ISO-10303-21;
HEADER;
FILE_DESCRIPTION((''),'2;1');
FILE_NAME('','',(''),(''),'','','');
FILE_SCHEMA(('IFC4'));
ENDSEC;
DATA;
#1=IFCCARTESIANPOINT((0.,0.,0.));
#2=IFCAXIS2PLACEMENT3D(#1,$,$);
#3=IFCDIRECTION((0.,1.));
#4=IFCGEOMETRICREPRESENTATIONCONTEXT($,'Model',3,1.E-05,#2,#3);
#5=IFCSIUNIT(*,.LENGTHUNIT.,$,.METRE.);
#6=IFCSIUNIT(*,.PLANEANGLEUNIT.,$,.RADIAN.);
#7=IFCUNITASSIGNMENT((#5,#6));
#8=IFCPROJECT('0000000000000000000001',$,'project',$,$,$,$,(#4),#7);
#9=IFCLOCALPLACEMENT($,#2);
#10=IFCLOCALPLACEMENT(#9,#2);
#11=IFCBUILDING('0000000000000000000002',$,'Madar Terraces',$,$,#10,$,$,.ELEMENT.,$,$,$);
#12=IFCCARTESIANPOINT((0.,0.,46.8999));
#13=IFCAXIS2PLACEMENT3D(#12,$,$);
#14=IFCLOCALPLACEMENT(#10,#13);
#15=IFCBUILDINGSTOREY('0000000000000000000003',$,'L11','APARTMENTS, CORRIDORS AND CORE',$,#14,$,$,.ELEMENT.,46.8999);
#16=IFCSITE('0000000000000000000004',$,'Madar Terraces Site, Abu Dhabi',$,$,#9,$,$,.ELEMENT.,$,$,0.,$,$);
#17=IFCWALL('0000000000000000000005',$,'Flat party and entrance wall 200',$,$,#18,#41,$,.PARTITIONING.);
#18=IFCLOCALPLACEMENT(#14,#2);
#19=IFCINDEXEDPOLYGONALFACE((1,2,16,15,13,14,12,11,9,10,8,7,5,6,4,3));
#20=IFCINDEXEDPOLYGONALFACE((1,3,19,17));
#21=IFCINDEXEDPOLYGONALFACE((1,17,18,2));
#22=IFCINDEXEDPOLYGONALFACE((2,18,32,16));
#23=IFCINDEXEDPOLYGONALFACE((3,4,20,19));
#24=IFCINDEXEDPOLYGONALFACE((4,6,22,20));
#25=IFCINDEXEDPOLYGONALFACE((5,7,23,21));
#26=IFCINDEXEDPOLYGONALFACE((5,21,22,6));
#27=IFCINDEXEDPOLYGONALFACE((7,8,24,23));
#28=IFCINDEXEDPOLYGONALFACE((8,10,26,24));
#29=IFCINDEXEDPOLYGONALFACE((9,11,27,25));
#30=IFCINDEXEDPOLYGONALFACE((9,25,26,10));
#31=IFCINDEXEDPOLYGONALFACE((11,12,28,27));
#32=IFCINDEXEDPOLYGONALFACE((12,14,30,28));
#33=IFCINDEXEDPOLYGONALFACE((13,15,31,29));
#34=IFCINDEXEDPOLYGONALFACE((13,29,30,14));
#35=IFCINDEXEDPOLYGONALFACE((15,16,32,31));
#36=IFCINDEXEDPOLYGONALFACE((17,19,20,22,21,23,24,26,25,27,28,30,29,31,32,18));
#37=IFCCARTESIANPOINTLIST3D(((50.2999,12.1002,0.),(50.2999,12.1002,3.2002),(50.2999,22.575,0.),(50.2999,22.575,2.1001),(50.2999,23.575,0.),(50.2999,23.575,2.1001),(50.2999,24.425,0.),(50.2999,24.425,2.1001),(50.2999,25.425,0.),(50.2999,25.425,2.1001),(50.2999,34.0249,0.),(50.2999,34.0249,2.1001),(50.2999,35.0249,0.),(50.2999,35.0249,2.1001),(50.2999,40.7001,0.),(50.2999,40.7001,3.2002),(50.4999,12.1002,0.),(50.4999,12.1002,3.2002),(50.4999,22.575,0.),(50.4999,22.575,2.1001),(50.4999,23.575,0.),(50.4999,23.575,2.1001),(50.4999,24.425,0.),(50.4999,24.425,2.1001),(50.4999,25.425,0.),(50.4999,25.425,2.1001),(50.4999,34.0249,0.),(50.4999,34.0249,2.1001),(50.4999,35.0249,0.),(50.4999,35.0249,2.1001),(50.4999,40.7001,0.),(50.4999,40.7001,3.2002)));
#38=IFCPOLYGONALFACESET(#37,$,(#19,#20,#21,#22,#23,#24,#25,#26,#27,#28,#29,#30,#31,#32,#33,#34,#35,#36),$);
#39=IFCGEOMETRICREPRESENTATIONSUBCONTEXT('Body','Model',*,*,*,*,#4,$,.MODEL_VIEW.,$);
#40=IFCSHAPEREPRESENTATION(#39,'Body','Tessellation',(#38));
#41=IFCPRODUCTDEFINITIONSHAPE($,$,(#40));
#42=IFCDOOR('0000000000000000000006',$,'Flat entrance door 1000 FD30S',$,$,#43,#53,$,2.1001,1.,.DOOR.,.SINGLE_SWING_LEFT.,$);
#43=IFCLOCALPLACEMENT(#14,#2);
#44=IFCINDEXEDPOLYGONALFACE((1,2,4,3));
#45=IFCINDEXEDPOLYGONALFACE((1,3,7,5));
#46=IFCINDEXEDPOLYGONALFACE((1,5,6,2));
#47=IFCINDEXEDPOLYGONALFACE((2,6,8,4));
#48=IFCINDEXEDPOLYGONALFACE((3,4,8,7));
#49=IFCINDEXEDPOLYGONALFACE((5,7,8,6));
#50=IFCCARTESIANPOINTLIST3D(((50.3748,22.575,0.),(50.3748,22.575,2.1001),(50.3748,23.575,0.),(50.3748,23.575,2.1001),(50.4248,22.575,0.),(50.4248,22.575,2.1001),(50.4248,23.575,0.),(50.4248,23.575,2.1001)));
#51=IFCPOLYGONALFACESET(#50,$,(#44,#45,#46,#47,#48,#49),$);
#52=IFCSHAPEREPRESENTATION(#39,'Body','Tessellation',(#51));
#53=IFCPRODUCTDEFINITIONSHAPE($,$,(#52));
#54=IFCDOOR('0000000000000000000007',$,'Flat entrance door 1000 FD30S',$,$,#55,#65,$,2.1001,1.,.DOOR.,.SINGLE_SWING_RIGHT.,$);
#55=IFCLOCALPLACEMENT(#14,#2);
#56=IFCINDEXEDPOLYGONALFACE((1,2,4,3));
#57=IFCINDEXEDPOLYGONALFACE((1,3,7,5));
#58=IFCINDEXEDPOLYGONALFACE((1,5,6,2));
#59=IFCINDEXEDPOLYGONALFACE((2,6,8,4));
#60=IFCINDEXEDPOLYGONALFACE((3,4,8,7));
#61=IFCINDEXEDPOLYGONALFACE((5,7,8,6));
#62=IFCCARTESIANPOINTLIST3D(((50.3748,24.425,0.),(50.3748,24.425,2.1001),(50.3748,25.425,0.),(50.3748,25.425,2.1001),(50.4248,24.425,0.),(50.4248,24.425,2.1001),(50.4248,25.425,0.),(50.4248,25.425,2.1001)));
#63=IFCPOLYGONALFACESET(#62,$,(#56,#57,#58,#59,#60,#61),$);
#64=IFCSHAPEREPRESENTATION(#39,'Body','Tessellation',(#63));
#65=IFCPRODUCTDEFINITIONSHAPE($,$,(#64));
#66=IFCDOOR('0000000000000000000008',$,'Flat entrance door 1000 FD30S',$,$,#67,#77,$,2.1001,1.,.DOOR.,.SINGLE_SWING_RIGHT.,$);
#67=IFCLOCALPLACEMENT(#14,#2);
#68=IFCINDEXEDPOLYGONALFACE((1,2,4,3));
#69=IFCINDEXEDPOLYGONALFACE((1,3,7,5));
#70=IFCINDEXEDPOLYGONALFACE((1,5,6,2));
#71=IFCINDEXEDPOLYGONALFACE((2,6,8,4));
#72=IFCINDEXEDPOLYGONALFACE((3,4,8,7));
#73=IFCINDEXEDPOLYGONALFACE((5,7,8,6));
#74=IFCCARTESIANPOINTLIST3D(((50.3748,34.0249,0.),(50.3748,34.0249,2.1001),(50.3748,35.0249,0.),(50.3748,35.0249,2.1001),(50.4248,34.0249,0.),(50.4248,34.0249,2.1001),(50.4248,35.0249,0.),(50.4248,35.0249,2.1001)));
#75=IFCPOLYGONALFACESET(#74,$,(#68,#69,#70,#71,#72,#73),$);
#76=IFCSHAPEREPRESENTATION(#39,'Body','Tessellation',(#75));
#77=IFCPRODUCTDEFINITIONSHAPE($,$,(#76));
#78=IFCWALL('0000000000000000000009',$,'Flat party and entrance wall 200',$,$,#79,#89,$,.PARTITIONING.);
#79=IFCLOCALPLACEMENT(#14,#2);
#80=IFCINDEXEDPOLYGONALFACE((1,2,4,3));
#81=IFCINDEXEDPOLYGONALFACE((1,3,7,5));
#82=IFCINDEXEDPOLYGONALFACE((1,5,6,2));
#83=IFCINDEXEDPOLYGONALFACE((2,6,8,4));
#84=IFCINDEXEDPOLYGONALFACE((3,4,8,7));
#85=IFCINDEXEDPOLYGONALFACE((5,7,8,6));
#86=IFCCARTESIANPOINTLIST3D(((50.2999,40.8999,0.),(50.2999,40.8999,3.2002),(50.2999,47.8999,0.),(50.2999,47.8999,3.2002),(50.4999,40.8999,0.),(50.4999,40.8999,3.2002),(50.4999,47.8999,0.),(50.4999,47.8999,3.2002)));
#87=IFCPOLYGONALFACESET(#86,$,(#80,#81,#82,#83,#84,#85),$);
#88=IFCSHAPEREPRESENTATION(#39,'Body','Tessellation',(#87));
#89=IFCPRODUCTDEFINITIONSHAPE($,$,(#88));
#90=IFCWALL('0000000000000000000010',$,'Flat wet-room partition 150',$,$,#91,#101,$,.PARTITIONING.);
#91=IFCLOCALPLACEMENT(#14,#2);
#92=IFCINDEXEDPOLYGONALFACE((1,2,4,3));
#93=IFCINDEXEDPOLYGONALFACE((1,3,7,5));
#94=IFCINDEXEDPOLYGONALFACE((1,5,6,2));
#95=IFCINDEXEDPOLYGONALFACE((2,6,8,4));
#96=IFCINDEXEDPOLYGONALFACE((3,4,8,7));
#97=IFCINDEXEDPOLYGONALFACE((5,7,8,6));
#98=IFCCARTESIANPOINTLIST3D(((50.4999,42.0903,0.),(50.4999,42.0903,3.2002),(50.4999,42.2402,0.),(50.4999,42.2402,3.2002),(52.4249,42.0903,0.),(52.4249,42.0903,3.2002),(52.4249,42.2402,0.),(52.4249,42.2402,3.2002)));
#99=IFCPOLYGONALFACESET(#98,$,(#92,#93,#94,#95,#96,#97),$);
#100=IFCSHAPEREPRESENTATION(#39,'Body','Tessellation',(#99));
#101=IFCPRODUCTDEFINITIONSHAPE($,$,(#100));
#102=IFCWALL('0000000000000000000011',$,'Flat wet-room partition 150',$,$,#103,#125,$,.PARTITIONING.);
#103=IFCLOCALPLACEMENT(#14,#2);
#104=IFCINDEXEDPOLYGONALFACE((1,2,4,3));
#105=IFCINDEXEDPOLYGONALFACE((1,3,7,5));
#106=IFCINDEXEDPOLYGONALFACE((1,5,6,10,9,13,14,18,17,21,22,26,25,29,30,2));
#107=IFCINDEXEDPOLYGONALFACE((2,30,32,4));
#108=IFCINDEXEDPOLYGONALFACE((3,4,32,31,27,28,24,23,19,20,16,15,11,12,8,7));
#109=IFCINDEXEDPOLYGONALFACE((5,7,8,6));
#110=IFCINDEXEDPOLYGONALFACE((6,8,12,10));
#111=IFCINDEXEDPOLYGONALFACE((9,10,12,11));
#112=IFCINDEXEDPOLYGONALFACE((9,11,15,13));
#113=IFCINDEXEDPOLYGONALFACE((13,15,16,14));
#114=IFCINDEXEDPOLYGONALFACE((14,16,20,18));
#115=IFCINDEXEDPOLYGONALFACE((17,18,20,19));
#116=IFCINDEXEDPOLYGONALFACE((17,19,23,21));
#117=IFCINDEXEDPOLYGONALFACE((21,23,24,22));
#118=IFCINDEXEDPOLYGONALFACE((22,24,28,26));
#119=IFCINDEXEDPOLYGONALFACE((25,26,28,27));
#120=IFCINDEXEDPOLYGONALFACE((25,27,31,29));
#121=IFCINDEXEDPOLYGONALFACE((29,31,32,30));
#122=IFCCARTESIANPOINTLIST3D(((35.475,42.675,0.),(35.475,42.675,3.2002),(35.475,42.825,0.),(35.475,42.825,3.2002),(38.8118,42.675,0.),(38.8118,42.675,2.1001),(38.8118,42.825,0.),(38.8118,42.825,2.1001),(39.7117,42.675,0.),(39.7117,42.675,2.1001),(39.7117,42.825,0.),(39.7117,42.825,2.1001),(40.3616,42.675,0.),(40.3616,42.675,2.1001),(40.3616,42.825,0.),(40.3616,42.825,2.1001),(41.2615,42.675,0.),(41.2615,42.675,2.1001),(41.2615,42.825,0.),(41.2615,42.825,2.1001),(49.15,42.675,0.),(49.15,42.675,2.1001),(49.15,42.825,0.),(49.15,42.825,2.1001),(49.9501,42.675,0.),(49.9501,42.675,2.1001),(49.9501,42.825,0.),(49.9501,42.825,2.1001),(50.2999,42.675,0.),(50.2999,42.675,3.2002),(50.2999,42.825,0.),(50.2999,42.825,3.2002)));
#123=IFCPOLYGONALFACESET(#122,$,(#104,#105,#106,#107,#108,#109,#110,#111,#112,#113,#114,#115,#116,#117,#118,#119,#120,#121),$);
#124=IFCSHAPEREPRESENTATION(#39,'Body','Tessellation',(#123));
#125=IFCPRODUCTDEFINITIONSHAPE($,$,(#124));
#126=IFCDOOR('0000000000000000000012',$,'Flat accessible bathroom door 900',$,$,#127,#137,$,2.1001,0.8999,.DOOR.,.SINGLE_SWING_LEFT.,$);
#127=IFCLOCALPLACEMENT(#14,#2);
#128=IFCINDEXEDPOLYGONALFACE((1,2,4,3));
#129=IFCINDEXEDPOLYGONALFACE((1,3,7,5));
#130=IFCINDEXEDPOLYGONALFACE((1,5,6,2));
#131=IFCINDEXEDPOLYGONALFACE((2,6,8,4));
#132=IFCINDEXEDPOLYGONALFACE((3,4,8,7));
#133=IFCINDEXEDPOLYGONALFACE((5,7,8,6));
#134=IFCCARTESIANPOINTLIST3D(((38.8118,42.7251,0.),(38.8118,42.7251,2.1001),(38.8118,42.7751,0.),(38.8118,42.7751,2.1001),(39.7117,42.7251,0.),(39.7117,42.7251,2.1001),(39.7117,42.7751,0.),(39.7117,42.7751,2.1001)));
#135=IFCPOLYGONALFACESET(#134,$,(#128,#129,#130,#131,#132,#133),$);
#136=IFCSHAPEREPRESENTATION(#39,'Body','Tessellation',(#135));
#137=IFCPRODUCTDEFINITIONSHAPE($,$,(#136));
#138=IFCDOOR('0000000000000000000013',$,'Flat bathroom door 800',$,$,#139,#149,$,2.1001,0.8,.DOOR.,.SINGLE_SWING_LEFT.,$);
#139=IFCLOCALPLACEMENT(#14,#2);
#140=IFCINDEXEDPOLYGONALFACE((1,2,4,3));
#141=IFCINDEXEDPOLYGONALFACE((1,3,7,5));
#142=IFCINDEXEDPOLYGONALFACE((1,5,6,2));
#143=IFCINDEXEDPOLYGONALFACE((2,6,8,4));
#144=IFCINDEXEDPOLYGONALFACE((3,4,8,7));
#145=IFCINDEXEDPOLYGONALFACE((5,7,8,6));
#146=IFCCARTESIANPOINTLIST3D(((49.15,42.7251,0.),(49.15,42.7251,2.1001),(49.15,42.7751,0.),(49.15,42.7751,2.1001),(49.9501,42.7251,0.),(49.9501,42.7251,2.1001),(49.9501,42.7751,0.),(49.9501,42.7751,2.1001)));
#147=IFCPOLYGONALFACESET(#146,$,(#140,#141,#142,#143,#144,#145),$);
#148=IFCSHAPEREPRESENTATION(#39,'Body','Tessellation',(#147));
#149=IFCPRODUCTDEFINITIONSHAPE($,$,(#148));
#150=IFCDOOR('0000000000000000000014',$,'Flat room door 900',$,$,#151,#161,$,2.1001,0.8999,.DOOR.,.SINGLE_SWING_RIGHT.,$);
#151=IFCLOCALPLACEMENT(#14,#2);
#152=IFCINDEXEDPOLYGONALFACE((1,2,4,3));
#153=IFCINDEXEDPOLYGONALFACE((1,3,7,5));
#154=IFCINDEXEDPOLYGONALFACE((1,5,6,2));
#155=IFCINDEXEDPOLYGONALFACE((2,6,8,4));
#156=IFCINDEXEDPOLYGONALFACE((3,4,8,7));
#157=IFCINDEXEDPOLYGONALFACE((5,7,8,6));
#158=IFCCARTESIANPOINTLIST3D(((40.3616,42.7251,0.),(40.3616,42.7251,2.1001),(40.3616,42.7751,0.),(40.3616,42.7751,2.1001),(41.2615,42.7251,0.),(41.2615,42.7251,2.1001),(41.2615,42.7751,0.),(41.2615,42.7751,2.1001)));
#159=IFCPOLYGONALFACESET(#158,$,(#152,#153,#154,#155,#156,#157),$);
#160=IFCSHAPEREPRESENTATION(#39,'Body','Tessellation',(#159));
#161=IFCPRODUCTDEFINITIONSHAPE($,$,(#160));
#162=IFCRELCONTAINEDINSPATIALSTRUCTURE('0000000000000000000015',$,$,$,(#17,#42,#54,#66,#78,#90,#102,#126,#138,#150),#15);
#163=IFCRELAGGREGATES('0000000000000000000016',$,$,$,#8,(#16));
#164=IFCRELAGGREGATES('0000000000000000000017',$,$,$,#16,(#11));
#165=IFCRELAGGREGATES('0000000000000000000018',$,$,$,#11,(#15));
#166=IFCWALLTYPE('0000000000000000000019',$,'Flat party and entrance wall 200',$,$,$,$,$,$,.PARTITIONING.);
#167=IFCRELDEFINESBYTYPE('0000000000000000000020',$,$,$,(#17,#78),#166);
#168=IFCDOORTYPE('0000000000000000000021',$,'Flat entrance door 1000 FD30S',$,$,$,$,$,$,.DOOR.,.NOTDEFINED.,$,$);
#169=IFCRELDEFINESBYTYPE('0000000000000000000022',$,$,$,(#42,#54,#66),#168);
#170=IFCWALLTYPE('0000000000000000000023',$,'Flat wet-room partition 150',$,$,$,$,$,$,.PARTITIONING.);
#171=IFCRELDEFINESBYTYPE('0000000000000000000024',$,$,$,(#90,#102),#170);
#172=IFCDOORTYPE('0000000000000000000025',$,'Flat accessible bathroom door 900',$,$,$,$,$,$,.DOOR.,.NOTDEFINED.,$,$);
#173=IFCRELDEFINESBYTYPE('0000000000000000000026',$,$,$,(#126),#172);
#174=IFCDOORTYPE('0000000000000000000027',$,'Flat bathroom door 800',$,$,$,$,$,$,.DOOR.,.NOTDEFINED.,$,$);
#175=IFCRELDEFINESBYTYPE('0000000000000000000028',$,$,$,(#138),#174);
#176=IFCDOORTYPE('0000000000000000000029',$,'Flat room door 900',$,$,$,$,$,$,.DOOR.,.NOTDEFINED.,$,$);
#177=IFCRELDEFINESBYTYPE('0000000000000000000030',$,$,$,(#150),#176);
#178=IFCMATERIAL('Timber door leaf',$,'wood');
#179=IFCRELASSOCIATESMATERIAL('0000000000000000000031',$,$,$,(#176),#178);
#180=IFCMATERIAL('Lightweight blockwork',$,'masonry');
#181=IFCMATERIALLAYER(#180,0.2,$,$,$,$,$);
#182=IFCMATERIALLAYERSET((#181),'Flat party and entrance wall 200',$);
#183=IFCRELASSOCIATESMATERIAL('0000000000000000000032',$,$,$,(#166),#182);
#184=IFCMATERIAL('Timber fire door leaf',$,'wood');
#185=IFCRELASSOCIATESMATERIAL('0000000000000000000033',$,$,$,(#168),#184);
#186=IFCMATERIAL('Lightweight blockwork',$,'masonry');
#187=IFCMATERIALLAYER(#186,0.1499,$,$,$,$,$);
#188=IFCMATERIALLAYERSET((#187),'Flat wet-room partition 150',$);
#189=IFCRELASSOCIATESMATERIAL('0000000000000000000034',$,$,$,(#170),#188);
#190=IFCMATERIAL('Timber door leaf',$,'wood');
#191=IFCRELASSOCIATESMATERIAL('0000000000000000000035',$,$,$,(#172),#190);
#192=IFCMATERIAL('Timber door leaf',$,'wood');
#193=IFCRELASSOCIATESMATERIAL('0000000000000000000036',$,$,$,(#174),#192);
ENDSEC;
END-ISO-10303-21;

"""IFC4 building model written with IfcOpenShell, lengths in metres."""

from ifc_helpers import new_model, si_unit, direction, frame, frame_2d, origin, place, context, subcontext, project, spatial, rectangle, extrude, material, layer, layer_set, type_object, element, fill, save


model = new_model("IFC4")

# Units and contexts
model_context = context("Model", 3, precision=1e-05, world=origin(), true_north=direction((0.0, 1.0)))
body_context = subcontext(model_context, "Body", "Model", "MODEL_VIEW")
ifc_project = project(units=[si_unit("LENGTHUNIT", "METRE"), si_unit("PLANEANGLEUNIT", "RADIAN")], contexts=[model_context])

# Site, building, storey
site_placement = place(None, origin())
site = spatial("IfcSite", under=ifc_project, at=site_placement, Name="Madar Terraces Site, Abu Dhabi", CompositionType="ELEMENT", RefElevation=0.0)
building_placement = place(site_placement, origin())
building = spatial("IfcBuilding", under=site, at=building_placement, Name="Madar Terraces", CompositionType="ELEMENT")
storey_placement = place(building_placement, frame((0.0, 0.0, 46.8999)))
storey = spatial("IfcBuildingStorey", under=building, at=storey_placement, Name="L11", Description="APARTMENTS, CORRIDORS AND CORE", CompositionType="ELEMENT", Elevation=46.8999)

# Wall, openings, doors
ifc_material_1 = material(Name="Timber door leaf", Category="wood")
door_type_1 = type_object("IfcDoorType", Name="Flat room door 900", OperationType="NOTDEFINED", PredefinedType="DOOR", material=ifc_material_1)
ifc_material_2 = material(Name="Lightweight blockwork", Category="masonry")
ifc_layer_1 = layer(ifc_material_2, 0.2)
ifc_layer_set_1 = layer_set([ifc_layer_1], Name="Flat party and entrance wall 200")
wall_type_1 = type_object("IfcWallType", Name="Flat party and entrance wall 200", PredefinedType="PARTITIONING", material=ifc_layer_set_1)
wall_1_placement = place(storey_placement, frame((50.3999, 40.7, 0.0), z_axis=(0.0, 0.0, 1.0), x_axis=(0.0, -1.0, 0.0)))
wall_1 = element("IfcWall", 1, at=wall_1_placement, inside=storey, type_object=wall_type_1, Name="Flat party and entrance wall 200", PredefinedType="PARTITIONING", context=body_context, shape_type="SweptSolid", body=[
    extrude(rectangle(XDim=28.5999, YDim=0.2, at=frame_2d((14.2998, 0.0))), origin(), (0.0, 0.0, 1.0), 3.2002),
])
opening_1_placement = place(wall_1_placement, frame((17.125, 0.0, 0.0)))
opening_1 = element("IfcOpeningElement", 2, at=opening_1_placement, cuts=wall_1, PredefinedType="OPENING", context=body_context, shape_type="SweptSolid", body=[
    extrude(rectangle(XDim=1.0, YDim=2.1001, at=frame_2d((0.5, 1.05))), frame((0.0, 0.1099, 0.0), z_axis=(0.0, -1.0, 0.0), x_axis=(1.0, 0.0, 0.0)), (0.0, 0.0, 1.0), 0.22),
])
opening_2_placement = place(wall_1_placement, frame((15.2749, 0.0, 0.0)))
opening_2 = element("IfcOpeningElement", 3, at=opening_2_placement, cuts=wall_1, PredefinedType="OPENING", context=body_context, shape_type="SweptSolid", body=[
    extrude(rectangle(XDim=1.0, YDim=2.1001, at=frame_2d((0.5, 1.05))), frame((0.0, 0.1099, 0.0), z_axis=(0.0, -1.0, 0.0), x_axis=(1.0, 0.0, 0.0)), (0.0, 0.0, 1.0), 0.22),
])
opening_3_placement = place(wall_1_placement, frame((5.675, 0.0, 0.0)))
opening_3 = element("IfcOpeningElement", 4, at=opening_3_placement, cuts=wall_1, PredefinedType="OPENING", context=body_context, shape_type="SweptSolid", body=[
    extrude(rectangle(XDim=1.0, YDim=2.1001, at=frame_2d((0.5, 1.05))), frame((0.0, 0.1099, 0.0), z_axis=(0.0, -1.0, 0.0), x_axis=(1.0, 0.0, 0.0)), (0.0, 0.0, 1.0), 0.22),
])
ifc_material_3 = material(Name="Timber fire door leaf", Category="wood")
door_type_2 = type_object("IfcDoorType", Name="Flat entrance door 1000 FD30S", OperationType="NOTDEFINED", PredefinedType="DOOR", material=ifc_material_3)
door_1_placement = place(opening_1_placement, origin())
door_1 = element("IfcDoor", 5, at=door_1_placement, inside=storey, type_object=door_type_2, Name="Flat entrance door 1000 FD30S", OperationType="SINGLE_SWING_LEFT", OverallHeight=2.1001, OverallWidth=1.0, PredefinedType="DOOR", context=body_context, shape_type="SweptSolid", body=[
    extrude(rectangle(XDim=1.0, YDim=2.1001, at=frame_2d((0.5, 1.05))), frame((0.0, 0.0249, 0.0), z_axis=(0.0, -1.0, 0.0), x_axis=(1.0, 0.0, 0.0)), (0.0, 0.0, 1.0), 0.05),
])
fill(opening_1, door_1)
door_2_placement = place(opening_2_placement, origin())
door_2 = element("IfcDoor", 6, at=door_2_placement, inside=storey, type_object=door_type_2, Name="Flat entrance door 1000 FD30S", OperationType="SINGLE_SWING_RIGHT", OverallHeight=2.1001, OverallWidth=1.0, PredefinedType="DOOR", context=body_context, shape_type="SweptSolid", body=[
    extrude(rectangle(XDim=1.0, YDim=2.1001, at=frame_2d((0.5, 1.05))), frame((0.0, 0.0249, 0.0), z_axis=(0.0, -1.0, 0.0), x_axis=(1.0, 0.0, 0.0)), (0.0, 0.0, 1.0), 0.05),
])
fill(opening_2, door_2)
door_3_placement = place(opening_3_placement, origin())
door_3 = element("IfcDoor", 7, at=door_3_placement, inside=storey, type_object=door_type_2, Name="Flat entrance door 1000 FD30S", OperationType="SINGLE_SWING_RIGHT", OverallHeight=2.1001, OverallWidth=1.0, PredefinedType="DOOR", context=body_context, shape_type="SweptSolid", body=[
    extrude(rectangle(XDim=1.0, YDim=2.1001, at=frame_2d((0.5, 1.05))), frame((0.0, 0.0249, 0.0), z_axis=(0.0, -1.0, 0.0), x_axis=(1.0, 0.0, 0.0)), (0.0, 0.0, 1.0), 0.05),
])
fill(opening_3, door_3)

# Walls
wall_2_placement = place(storey_placement, frame((50.3999, 40.8999, 0.0), z_axis=(0.0, 0.0, 1.0), x_axis=(0.0, 1.0, 0.0)))
element("IfcWall", 8, at=wall_2_placement, inside=storey, type_object=wall_type_1, Name="Flat party and entrance wall 200", PredefinedType="PARTITIONING", context=body_context, shape_type="SweptSolid", body=[
    extrude(rectangle(XDim=7.0, YDim=0.2, at=frame_2d((3.5, 0.0))), origin(), (0.0, 0.0, 1.0), 3.2002),
])
ifc_material_4 = material(Name="Lightweight blockwork", Category="masonry")
ifc_layer_2 = layer(ifc_material_4, 0.1499)
ifc_layer_set_2 = layer_set([ifc_layer_2], Name="Flat wet-room partition 150")
wall_type_2 = type_object("IfcWallType", Name="Flat wet-room partition 150", PredefinedType="PARTITIONING", material=ifc_layer_set_2)
wall_3_placement = place(storey_placement, frame((50.5, 42.1653, 0.0), z_axis=(0.0, 0.0, 1.0), x_axis=(1.0, 0.0, 0.0)))
element("IfcWall", 9, at=wall_3_placement, inside=storey, type_object=wall_type_2, Name="Flat wet-room partition 150", PredefinedType="PARTITIONING", context=body_context, shape_type="SweptSolid", body=[
    extrude(rectangle(XDim=1.925, YDim=0.1499, at=frame_2d((0.9624, 0.0))), origin(), (0.0, 0.0, 1.0), 3.2002),
])

# Wall, openings, doors
wall_4_placement = place(storey_placement, frame((50.3, 42.75, 0.0), z_axis=(0.0, 0.0, 1.0), x_axis=(-1.0, 0.0, 0.0)))
wall_4 = element("IfcWall", 10, at=wall_4_placement, inside=storey, type_object=wall_type_2, Name="Flat wet-room partition 150", PredefinedType="PARTITIONING", context=body_context, shape_type="SweptSolid", body=[
    extrude(rectangle(XDim=14.825, YDim=0.1499, at=frame_2d((7.4126, 0.0))), origin(), (0.0, 0.0, 1.0), 3.2002),
])
opening_4_placement = place(wall_4_placement, frame((10.5884, 0.0, 0.0)))
opening_4 = element("IfcOpeningElement", 11, at=opening_4_placement, cuts=wall_4, PredefinedType="OPENING", context=body_context, shape_type="SweptSolid", body=[
    extrude(rectangle(XDim=0.8999, YDim=2.1001, at=frame_2d((0.45, 1.05))), frame((0.0, 0.085, 0.0), z_axis=(0.0, -1.0, 0.0), x_axis=(1.0, 0.0, 0.0)), (0.0, 0.0, 1.0), 0.1699),
])
opening_5_placement = place(wall_4_placement, frame((9.0386, 0.0, 0.0)))
opening_5 = element("IfcOpeningElement", 12, at=opening_5_placement, cuts=wall_4, PredefinedType="OPENING", context=body_context, shape_type="SweptSolid", body=[
    extrude(rectangle(XDim=0.8999, YDim=2.1001, at=frame_2d((0.45, 1.05))), frame((0.0, 0.085, 0.0), z_axis=(0.0, -1.0, 0.0), x_axis=(1.0, 0.0, 0.0)), (0.0, 0.0, 1.0), 0.1699),
])
opening_6_placement = place(wall_4_placement, frame((0.3501, 0.0, 0.0)))
opening_6 = element("IfcOpeningElement", 13, at=opening_6_placement, cuts=wall_4, PredefinedType="OPENING", context=body_context, shape_type="SweptSolid", body=[
    extrude(rectangle(XDim=0.8, YDim=2.1001, at=frame_2d((0.3999, 1.05))), frame((0.0, 0.085, 0.0), z_axis=(0.0, -1.0, 0.0), x_axis=(1.0, 0.0, 0.0)), (0.0, 0.0, 1.0), 0.1699),
])
ifc_material_5 = material(Name="Timber door leaf", Category="wood")
door_type_3 = type_object("IfcDoorType", Name="Flat accessible bathroom door 900", OperationType="NOTDEFINED", PredefinedType="DOOR", material=ifc_material_5)
door_4_placement = place(opening_4_placement, origin())
door_4 = element("IfcDoor", 14, at=door_4_placement, inside=storey, type_object=door_type_3, Name="Flat accessible bathroom door 900", OperationType="SINGLE_SWING_LEFT", OverallHeight=2.1001, OverallWidth=0.8999, PredefinedType="DOOR", context=body_context, shape_type="SweptSolid", body=[
    extrude(rectangle(XDim=0.8999, YDim=2.1001, at=frame_2d((0.45, 1.05))), frame((0.0, 0.0249, 0.0), z_axis=(0.0, -1.0, 0.0), x_axis=(1.0, 0.0, 0.0)), (0.0, 0.0, 1.0), 0.05),
])
fill(opening_4, door_4)
ifc_material_6 = material(Name="Timber door leaf", Category="wood")
door_type_4 = type_object("IfcDoorType", Name="Flat bathroom door 800", OperationType="NOTDEFINED", PredefinedType="DOOR", material=ifc_material_6)
door_5_placement = place(opening_6_placement, origin())
door_5 = element("IfcDoor", 15, at=door_5_placement, inside=storey, type_object=door_type_4, Name="Flat bathroom door 800", OperationType="SINGLE_SWING_LEFT", OverallHeight=2.1001, OverallWidth=0.8, PredefinedType="DOOR", context=body_context, shape_type="SweptSolid", body=[
    extrude(rectangle(XDim=0.8, YDim=2.1001, at=frame_2d((0.3999, 1.05))), frame((0.0, 0.0249, 0.0), z_axis=(0.0, -1.0, 0.0), x_axis=(1.0, 0.0, 0.0)), (0.0, 0.0, 1.0), 0.05),
])
fill(opening_6, door_5)
door_6_placement = place(opening_5_placement, origin())
door_6 = element("IfcDoor", 16, at=door_6_placement, inside=storey, type_object=door_type_1, Name="Flat room door 900", OperationType="SINGLE_SWING_RIGHT", OverallHeight=2.1001, OverallWidth=0.8999, PredefinedType="DOOR", context=body_context, shape_type="SweptSolid", body=[
    extrude(rectangle(XDim=0.8999, YDim=2.1001, at=frame_2d((0.45, 1.05))), frame((0.0, 0.0249, 0.0), z_axis=(0.0, -1.0, 0.0), x_axis=(1.0, 0.0, 0.0)), (0.0, 0.0, 1.0), 0.05),
])
fill(opening_5, door_6)

save(model, "model.ifc")
